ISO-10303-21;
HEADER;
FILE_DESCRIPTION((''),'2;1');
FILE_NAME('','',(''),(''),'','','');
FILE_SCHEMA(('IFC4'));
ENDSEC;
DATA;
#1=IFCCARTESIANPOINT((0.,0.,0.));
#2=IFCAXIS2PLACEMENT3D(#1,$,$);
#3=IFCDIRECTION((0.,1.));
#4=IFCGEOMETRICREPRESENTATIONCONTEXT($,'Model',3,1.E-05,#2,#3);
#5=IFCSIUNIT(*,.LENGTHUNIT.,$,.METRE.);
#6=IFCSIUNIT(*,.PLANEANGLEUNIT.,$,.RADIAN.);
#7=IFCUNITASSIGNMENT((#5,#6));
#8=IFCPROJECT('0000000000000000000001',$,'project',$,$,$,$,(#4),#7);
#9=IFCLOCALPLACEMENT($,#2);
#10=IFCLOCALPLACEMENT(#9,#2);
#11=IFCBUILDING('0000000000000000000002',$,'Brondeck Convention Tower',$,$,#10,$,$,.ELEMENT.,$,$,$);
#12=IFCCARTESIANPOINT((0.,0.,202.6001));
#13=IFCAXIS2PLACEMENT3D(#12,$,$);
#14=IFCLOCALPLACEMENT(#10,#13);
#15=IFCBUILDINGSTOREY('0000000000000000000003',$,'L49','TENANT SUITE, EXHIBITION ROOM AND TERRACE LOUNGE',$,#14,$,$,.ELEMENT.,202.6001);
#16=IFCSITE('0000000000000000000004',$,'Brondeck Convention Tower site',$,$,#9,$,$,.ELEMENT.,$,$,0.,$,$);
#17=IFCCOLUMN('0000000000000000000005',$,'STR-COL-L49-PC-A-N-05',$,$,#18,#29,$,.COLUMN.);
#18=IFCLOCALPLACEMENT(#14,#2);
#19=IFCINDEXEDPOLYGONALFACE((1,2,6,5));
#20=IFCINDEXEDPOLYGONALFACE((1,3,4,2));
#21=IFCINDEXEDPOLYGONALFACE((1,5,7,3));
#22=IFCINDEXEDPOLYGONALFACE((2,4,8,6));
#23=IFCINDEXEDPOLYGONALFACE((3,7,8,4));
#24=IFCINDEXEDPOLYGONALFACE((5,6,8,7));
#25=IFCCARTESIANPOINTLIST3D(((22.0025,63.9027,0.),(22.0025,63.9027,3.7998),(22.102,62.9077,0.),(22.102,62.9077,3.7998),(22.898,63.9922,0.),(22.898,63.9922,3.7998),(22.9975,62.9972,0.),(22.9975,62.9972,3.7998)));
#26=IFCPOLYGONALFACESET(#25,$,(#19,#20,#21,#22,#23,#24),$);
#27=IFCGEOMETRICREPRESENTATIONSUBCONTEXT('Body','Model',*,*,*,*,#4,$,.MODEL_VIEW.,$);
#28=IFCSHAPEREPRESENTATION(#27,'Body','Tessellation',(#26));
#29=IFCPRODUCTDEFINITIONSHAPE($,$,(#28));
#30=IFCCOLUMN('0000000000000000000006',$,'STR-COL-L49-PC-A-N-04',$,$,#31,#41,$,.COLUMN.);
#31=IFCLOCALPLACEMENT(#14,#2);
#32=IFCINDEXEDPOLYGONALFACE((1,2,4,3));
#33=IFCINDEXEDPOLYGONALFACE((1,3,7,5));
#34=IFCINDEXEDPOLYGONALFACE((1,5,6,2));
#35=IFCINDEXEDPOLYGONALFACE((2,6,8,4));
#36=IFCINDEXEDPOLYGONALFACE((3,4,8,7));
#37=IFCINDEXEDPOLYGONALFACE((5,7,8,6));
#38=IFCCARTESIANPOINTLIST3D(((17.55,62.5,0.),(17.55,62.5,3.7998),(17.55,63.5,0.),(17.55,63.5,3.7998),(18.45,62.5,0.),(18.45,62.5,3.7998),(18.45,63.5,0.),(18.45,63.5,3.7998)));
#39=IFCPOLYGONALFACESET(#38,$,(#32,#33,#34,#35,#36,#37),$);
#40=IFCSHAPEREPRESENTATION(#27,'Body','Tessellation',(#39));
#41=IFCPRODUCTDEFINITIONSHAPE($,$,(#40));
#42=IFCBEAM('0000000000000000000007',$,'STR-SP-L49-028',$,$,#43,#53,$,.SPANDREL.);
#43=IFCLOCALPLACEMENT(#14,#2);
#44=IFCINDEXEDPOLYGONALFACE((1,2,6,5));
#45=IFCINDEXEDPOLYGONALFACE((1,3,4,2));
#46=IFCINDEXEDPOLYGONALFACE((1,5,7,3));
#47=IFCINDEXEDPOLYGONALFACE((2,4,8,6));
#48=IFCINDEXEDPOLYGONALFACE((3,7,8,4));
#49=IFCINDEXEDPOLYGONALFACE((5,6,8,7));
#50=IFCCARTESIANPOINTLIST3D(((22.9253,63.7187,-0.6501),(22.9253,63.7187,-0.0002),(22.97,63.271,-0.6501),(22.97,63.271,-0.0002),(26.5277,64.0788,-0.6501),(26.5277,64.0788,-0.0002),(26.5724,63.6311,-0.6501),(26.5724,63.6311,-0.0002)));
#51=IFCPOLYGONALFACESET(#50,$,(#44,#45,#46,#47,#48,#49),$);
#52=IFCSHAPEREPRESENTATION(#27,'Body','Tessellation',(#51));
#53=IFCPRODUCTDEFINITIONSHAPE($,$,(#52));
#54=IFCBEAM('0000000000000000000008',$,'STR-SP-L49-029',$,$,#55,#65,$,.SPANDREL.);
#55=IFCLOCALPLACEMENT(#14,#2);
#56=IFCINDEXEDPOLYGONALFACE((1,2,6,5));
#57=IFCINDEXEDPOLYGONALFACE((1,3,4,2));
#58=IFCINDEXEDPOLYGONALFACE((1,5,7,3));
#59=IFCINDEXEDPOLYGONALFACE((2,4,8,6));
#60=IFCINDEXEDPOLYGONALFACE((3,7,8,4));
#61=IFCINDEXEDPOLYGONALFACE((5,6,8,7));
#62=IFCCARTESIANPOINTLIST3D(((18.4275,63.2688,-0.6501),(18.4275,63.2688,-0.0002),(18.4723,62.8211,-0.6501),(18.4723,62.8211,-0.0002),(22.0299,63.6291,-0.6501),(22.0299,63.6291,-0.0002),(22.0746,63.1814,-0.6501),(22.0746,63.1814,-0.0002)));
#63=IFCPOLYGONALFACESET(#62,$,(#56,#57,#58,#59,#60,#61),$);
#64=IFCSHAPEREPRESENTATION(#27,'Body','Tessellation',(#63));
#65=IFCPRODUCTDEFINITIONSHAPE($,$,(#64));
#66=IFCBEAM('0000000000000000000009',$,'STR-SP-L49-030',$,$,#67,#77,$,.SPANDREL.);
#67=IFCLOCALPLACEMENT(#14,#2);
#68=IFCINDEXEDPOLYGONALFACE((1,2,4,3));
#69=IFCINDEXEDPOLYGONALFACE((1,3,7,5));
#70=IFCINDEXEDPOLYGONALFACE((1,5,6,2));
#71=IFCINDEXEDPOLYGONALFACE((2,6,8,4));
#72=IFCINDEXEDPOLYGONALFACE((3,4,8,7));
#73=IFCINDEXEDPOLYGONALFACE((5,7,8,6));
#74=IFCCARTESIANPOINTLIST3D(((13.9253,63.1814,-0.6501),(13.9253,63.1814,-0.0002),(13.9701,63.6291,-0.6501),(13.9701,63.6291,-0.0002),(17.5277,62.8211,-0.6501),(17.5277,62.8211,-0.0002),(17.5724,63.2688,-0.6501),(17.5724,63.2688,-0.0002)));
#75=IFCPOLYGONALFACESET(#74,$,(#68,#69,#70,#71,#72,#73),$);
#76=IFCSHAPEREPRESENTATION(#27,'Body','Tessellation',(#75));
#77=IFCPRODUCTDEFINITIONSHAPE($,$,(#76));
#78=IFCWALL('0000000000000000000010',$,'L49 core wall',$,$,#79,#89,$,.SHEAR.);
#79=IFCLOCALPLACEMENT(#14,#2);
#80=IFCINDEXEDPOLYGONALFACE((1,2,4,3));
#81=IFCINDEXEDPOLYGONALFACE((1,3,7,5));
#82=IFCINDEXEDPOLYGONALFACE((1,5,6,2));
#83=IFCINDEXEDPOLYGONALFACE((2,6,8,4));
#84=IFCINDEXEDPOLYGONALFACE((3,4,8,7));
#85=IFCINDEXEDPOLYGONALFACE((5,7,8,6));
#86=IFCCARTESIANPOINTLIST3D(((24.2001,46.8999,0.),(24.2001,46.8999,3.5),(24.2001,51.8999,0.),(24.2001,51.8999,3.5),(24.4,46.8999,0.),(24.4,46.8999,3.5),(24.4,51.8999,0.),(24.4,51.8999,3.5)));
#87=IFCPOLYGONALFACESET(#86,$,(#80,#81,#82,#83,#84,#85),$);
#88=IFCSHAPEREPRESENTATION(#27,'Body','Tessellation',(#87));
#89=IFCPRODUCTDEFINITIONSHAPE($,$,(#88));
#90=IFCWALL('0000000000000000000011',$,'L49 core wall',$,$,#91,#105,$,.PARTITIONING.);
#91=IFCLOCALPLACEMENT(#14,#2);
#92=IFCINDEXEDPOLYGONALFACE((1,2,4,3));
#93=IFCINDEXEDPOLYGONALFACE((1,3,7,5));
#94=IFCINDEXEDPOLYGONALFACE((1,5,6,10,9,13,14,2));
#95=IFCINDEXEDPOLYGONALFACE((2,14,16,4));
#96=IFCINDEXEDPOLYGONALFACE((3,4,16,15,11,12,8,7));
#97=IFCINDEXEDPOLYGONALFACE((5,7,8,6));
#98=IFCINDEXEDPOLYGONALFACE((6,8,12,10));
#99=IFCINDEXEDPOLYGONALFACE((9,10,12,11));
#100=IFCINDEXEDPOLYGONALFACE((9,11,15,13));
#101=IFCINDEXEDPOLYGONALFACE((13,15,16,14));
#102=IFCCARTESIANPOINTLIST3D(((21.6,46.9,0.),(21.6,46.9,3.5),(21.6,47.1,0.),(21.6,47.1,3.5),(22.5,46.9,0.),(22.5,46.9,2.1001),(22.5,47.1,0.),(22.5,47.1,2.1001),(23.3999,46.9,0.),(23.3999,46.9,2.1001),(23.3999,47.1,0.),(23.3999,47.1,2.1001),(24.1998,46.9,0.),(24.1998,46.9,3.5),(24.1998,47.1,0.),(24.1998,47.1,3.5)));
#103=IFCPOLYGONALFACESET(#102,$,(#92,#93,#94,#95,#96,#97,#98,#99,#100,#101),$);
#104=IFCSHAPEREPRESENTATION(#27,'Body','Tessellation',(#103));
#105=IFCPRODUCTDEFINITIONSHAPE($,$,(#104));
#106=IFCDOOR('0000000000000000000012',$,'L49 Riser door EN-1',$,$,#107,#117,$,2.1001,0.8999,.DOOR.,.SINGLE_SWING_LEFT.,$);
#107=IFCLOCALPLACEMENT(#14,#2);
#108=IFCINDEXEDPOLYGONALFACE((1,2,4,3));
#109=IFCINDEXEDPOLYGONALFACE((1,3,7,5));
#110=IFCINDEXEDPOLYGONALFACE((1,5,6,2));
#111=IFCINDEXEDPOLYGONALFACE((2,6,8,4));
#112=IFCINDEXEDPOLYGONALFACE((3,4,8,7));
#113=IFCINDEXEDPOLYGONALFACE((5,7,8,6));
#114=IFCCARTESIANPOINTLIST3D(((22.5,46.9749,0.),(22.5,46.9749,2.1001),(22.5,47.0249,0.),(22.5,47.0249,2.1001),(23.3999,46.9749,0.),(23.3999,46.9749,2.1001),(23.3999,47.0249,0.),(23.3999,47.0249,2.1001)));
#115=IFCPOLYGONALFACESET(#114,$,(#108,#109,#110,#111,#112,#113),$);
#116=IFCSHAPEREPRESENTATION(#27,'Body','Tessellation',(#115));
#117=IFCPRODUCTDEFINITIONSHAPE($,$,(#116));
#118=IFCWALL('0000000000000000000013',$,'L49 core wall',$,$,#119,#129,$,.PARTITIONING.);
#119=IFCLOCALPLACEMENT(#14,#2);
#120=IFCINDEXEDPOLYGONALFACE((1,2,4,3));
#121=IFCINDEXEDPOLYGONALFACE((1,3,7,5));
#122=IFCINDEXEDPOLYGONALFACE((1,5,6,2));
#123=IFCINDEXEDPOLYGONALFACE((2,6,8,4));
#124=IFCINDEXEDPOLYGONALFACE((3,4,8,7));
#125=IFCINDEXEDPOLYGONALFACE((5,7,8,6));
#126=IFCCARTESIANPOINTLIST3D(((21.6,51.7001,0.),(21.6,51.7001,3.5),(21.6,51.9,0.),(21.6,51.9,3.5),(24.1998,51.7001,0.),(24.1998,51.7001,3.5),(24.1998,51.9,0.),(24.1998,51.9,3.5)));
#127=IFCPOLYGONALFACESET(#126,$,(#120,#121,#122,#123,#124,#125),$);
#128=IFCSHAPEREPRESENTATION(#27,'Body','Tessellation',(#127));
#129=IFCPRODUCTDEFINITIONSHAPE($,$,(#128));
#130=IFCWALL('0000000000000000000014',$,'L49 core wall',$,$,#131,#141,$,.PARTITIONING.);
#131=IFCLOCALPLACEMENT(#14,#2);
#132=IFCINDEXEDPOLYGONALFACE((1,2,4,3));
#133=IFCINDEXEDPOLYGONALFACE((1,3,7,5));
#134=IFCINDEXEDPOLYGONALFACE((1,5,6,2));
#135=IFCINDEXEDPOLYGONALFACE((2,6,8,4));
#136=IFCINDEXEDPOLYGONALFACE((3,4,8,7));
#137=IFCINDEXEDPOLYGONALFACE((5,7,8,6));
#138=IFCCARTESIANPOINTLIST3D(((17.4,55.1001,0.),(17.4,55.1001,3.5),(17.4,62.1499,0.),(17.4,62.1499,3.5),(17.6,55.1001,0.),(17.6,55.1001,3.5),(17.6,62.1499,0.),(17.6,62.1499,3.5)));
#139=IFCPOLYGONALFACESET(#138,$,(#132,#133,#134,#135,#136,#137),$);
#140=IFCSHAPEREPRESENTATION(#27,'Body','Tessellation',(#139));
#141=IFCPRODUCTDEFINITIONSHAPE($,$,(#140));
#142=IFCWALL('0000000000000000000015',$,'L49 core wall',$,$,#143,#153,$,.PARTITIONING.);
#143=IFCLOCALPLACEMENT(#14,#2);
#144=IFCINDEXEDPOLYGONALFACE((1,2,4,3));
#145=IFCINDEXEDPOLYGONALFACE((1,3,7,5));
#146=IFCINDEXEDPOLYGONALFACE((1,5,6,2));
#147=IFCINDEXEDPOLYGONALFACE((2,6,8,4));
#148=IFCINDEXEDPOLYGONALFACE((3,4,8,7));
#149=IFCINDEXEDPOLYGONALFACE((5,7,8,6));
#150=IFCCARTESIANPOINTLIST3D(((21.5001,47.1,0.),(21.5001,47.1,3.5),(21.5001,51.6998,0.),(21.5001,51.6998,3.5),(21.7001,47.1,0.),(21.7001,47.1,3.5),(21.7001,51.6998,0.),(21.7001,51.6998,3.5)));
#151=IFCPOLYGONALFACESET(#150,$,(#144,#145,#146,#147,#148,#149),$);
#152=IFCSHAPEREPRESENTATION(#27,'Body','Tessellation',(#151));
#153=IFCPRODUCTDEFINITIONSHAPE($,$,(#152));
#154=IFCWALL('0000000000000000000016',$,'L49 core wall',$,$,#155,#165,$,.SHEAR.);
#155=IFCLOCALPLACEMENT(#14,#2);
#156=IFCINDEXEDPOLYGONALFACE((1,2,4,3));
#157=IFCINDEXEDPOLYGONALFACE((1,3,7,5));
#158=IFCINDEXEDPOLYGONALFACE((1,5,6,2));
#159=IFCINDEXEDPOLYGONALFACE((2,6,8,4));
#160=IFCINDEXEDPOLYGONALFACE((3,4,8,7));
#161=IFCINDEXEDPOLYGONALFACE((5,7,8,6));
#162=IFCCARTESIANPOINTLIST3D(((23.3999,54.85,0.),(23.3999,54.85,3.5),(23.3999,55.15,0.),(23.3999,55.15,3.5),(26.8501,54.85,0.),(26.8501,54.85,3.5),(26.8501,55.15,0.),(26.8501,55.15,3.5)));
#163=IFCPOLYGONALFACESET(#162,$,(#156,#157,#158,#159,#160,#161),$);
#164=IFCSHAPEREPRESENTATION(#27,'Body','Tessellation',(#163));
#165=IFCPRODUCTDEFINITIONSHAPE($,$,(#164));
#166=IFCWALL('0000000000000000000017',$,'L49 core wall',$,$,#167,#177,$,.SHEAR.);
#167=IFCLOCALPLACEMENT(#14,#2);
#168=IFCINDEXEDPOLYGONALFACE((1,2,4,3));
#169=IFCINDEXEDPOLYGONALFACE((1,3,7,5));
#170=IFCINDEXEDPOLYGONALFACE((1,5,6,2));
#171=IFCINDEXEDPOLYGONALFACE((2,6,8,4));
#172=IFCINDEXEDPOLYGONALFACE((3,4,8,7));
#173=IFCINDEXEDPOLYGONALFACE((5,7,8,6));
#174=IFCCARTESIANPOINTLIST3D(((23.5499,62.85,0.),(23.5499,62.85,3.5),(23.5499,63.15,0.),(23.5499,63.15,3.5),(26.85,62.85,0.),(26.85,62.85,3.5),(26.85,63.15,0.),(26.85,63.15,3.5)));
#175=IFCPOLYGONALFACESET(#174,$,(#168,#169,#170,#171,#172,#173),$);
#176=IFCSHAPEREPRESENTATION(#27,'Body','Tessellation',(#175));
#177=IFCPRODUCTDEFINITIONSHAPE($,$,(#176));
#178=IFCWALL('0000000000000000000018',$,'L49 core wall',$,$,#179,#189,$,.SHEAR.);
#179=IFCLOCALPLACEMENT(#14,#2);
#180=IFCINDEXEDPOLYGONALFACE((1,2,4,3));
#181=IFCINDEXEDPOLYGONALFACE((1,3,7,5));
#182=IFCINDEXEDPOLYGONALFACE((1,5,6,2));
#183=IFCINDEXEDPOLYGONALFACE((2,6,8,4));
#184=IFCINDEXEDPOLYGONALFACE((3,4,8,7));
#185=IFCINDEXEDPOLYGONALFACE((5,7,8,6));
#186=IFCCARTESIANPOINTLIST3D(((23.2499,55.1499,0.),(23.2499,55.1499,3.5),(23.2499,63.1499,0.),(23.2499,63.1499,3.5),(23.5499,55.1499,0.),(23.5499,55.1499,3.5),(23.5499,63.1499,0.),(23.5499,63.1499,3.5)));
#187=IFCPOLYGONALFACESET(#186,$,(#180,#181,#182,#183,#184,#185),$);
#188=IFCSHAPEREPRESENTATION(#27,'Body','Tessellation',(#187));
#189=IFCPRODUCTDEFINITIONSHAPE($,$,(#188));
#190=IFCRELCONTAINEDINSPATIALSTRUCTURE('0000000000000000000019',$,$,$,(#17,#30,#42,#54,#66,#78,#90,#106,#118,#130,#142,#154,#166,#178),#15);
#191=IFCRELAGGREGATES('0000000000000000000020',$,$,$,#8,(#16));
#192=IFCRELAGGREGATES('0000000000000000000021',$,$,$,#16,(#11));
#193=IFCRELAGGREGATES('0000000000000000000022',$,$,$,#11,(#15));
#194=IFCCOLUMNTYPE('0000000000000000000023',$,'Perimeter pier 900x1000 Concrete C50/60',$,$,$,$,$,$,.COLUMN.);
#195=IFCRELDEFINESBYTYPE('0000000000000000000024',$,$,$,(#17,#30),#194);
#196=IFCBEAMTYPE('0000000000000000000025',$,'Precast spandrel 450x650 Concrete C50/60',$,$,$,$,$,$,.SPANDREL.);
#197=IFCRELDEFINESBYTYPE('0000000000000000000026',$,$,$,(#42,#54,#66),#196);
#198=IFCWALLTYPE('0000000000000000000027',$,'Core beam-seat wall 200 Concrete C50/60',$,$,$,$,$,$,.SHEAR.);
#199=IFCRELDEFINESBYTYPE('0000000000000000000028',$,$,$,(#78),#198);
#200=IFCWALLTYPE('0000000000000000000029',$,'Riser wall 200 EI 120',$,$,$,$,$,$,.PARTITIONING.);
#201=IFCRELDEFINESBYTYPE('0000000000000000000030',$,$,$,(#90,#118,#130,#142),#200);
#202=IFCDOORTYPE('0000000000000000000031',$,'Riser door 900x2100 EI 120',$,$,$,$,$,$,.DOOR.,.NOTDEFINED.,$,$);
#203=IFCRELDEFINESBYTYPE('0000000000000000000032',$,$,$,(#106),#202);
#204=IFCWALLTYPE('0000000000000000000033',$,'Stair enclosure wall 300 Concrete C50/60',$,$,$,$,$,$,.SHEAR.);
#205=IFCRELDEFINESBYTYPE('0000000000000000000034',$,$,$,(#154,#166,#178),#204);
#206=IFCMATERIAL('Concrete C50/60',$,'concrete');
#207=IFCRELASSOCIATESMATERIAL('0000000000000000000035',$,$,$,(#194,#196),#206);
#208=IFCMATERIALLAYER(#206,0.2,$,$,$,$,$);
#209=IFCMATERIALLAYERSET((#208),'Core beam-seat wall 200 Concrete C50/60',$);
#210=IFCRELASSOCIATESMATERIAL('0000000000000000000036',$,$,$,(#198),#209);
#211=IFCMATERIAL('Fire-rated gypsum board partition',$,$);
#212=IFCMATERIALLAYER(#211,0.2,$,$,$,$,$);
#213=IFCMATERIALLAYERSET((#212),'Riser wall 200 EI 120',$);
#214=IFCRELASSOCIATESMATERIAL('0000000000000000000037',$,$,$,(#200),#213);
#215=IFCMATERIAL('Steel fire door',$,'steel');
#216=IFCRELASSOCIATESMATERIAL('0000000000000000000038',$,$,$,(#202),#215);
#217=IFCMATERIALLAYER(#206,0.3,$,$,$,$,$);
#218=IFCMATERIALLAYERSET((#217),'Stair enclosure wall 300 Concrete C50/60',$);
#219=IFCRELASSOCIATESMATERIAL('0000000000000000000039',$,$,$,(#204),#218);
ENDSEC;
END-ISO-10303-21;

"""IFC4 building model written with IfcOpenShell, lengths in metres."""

from ifc_helpers import new_model, si_unit, direction, frame, frame_2d, origin, origin_2d, place, context, subcontext, project, spatial, rectangle, extrude, material, layer, layer_set, material_profile, profile_set, type_object, element, fill, save


model = new_model("IFC4")

# Units and contexts
model_context = context("Model", 3, precision=1e-05, world=origin(), true_north=direction((0.0, 1.0)))
body_context = subcontext(model_context, "Body", "Model", "MODEL_VIEW")
ifc_project = project(units=[si_unit("LENGTHUNIT", "METRE"), si_unit("PLANEANGLEUNIT", "RADIAN")], contexts=[model_context])

# Site, building, storey
site_placement = place(None, origin())
site = spatial("IfcSite", under=ifc_project, at=site_placement, Name="Brondeck Convention Tower site", CompositionType="ELEMENT", RefElevation=0.0)
building_placement = place(site_placement, origin())
building = spatial("IfcBuilding", under=site, at=building_placement, Name="Brondeck Convention Tower", CompositionType="ELEMENT")
storey_placement = place(building_placement, frame((0.0, 0.0, 202.6001)))
storey = spatial("IfcBuildingStorey", under=building, at=storey_placement, Name="L49", Description="TENANT SUITE, EXHIBITION ROOM AND TERRACE LOUNGE", CompositionType="ELEMENT", Elevation=202.6001)

# Columns
ifc_material_1 = material(Name="Concrete C50/60", Category="concrete")
ifc_material_profile_1 = material_profile(ifc_material_1, rectangle(XDim=0.8999, YDim=1.0, at=origin_2d()), Name="Perimeter pier 900x1000 Concrete C50/60")
ifc_profile_set_1 = profile_set([ifc_material_profile_1], Name="Concrete C50/60")
column_type = type_object("IfcColumnType", Name="Perimeter pier 900x1000 Concrete C50/60", PredefinedType="COLUMN", material=ifc_profile_set_1)
for number, where, z_axis, x_axis, name in (
    (1, (22.5, 63.45, 0.0), (0.0, 0.0, 1.0), (-0.995037, -0.099504, 0.0), "STR-COL-L49-PC-A-N-05"),
    (2, (18.0, 63.0, 0.0), (0.0, 0.0, 1.0), (-1.0, 0.0, 0.0), "STR-COL-L49-PC-A-N-04"),
):
    element("IfcColumn", number, at=place(storey_placement, frame(where, z_axis=z_axis, x_axis=x_axis)), inside=storey, type_object=column_type, Name=name, PredefinedType="COLUMN", context=body_context, shape_type="SweptSolid", body=[
        extrude(rectangle(XDim=0.8999, YDim=1.0, at=origin_2d()), origin(), (0.0, 0.0, 1.0), 3.7998),
    ])

# Beams
ifc_material_profile_2 = material_profile(ifc_material_1, rectangle(XDim=0.45, YDim=0.6499, at=origin_2d()), Name="Precast spandrel 450x650 Concrete C50/60")
ifc_profile_set_2 = profile_set([ifc_material_profile_2], Name="Concrete C50/60")
beam_type = type_object("IfcBeamType", Name="Precast spandrel 450x650 Concrete C50/60", PredefinedType="SPANDREL", material=ifc_profile_set_2)
for number, where, z_axis, x_axis, name in (
    (3, (26.55, 63.855, -0.3252), (-0.995041, -0.09947, 0.0), (0.09947, -0.995041, 0.0), "STR-SP-L49-028"),
    (4, (22.0522, 63.4053, -0.3252), (-0.995034, -0.099537, 0.0), (0.099537, -0.995034, 0.0), "STR-SP-L49-029"),
    (5, (17.55, 63.0449, -0.3252), (-0.995034, 0.099537, 0.0), (-0.099537, -0.995034, 0.0), "STR-SP-L49-030"),
):
    element("IfcBeam", number, at=place(storey_placement, frame(where, z_axis=z_axis, x_axis=x_axis)), inside=storey, type_object=beam_type, Name=name, PredefinedType="SPANDREL", context=body_context, shape_type="SweptSolid", body=[
        extrude(rectangle(XDim=0.45, YDim=0.6499, at=origin_2d()), origin(), (0.0, 0.0, 1.0), 3.6204),
    ])

# Wall
ifc_layer_1 = layer(ifc_material_1, 0.2)
ifc_layer_set_1 = layer_set([ifc_layer_1], Name="Core beam-seat wall 200 Concrete C50/60")
wall_type_1 = type_object("IfcWallType", Name="Core beam-seat wall 200 Concrete C50/60", PredefinedType="SHEAR", material=ifc_layer_set_1)
wall_1_placement = place(storey_placement, frame((24.3, 46.8999, 0.0), z_axis=(0.0, 0.0, 1.0), x_axis=(0.0, 1.0, 0.0)))
element("IfcWall", 6, at=wall_1_placement, inside=storey, type_object=wall_type_1, Name="L49 core wall", PredefinedType="SHEAR", context=body_context, shape_type="SweptSolid", body=[
    extrude(rectangle(XDim=5.0, YDim=0.2, at=frame_2d((2.5, 0.0))), origin(), (0.0, 0.0, 1.0), 3.5),
])

# Wall, opening, door
ifc_material_2 = material(Name="Fire-rated gypsum board partition")
ifc_layer_2 = layer(ifc_material_2, 0.2)
ifc_layer_set_2 = layer_set([ifc_layer_2], Name="Riser wall 200 EI 120")
wall_type_2 = type_object("IfcWallType", Name="Riser wall 200 EI 120", PredefinedType="PARTITIONING", material=ifc_layer_set_2)
wall_2_placement = place(storey_placement, frame((21.6001, 47.0, 0.0), z_axis=(0.0, 0.0, 1.0), x_axis=(1.0, 0.0, 0.0)))
wall_2 = element("IfcWall", 7, at=wall_2_placement, inside=storey, type_object=wall_type_2, Name="L49 core wall", PredefinedType="PARTITIONING", context=body_context, shape_type="SweptSolid", body=[
    extrude(rectangle(XDim=2.5999, YDim=0.2, at=frame_2d((1.2998, 0.0))), origin(), (0.0, 0.0, 1.0), 3.5),
])
opening_placement = place(wall_2_placement, frame((0.8999, 0.0, 0.0)))
opening = element("IfcOpeningElement", 8, at=opening_placement, cuts=wall_2, PredefinedType="OPENING", context=body_context, shape_type="SweptSolid", body=[
    extrude(rectangle(XDim=0.8999, YDim=2.1001, at=frame_2d((0.45, 1.05))), frame((0.0, 0.1099, 0.0), z_axis=(0.0, -1.0, 0.0), x_axis=(1.0, 0.0, 0.0)), (0.0, 0.0, 1.0), 0.22),
])
ifc_material_3 = material(Name="Steel fire door", Category="steel")
door_type = type_object("IfcDoorType", Name="Riser door 900x2100 EI 120", OperationType="NOTDEFINED", PredefinedType="DOOR", material=ifc_material_3)
door_placement = place(opening_placement, origin())
door = element("IfcDoor", 9, at=door_placement, inside=storey, type_object=door_type, Name="L49 Riser door EN-1", OperationType="SINGLE_SWING_LEFT", OverallHeight=2.1001, OverallWidth=0.8999, PredefinedType="DOOR", context=body_context, shape_type="SweptSolid", body=[
    extrude(rectangle(XDim=0.8999, YDim=2.1001, at=frame_2d((0.45, 1.05))), frame((0.0, 0.0249, 0.0), z_axis=(0.0, -1.0, 0.0), x_axis=(1.0, 0.0, 0.0)), (0.0, 0.0, 1.0), 0.05),
])
fill(opening, door)

# Walls
wall_3_placement = place(storey_placement, frame((21.6001, 51.8, 0.0), z_axis=(0.0, 0.0, 1.0), x_axis=(1.0, 0.0, 0.0)))
element("IfcWall", 10, at=wall_3_placement, inside=storey, type_object=wall_type_2, Name="L49 core wall", PredefinedType="PARTITIONING", context=body_context, shape_type="SweptSolid", body=[
    extrude(rectangle(XDim=2.5999, YDim=0.2, at=frame_2d((1.2998, 0.0))), origin(), (0.0, 0.0, 1.0), 3.5),
])
wall_4_placement = place(storey_placement, frame((17.5, 55.1001, 0.0), z_axis=(0.0, 0.0, 1.0), x_axis=(0.0, 1.0, 0.0)))
element("IfcWall", 11, at=wall_4_placement, inside=storey, type_object=wall_type_2, Name="L49 core wall", PredefinedType="PARTITIONING", context=body_context, shape_type="SweptSolid", body=[
    extrude(rectangle(XDim=7.0498, YDim=0.2, at=frame_2d((3.5249, 0.0))), origin(), (0.0, 0.0, 1.0), 3.5),
])
wall_5_placement = place(storey_placement, frame((21.6001, 47.1001, 0.0), z_axis=(0.0, 0.0, 1.0), x_axis=(0.0, 1.0, 0.0)))
element("IfcWall", 12, at=wall_5_placement, inside=storey, type_object=wall_type_2, Name="L49 core wall", PredefinedType="PARTITIONING", context=body_context, shape_type="SweptSolid", body=[
    extrude(rectangle(XDim=4.5999, YDim=0.2, at=frame_2d((2.2998, 0.0))), origin(), (0.0, 0.0, 1.0), 3.5),
])
ifc_layer_3 = layer(ifc_material_1, 0.3)
ifc_layer_set_3 = layer_set([ifc_layer_3], Name="Stair enclosure wall 300 Concrete C50/60")
wall_type_3 = type_object("IfcWallType", Name="Stair enclosure wall 300 Concrete C50/60", PredefinedType="SHEAR", material=ifc_layer_set_3)
wall_6_placement = place(storey_placement, frame((23.3999, 55.0, 0.0), z_axis=(0.0, 0.0, 1.0), x_axis=(1.0, 0.0, 0.0)))
element("IfcWall", 13, at=wall_6_placement, inside=storey, type_object=wall_type_3, Name="L49 core wall", PredefinedType="SHEAR", context=body_context, shape_type="SweptSolid", body=[
    extrude(rectangle(XDim=3.4502, YDim=0.3, at=frame_2d((1.7251, 0.0))), origin(), (0.0, 0.0, 1.0), 3.5),
])
wall_7_placement = place(storey_placement, frame((23.55, 63.0, 0.0), z_axis=(0.0, 0.0, 1.0), x_axis=(1.0, 0.0, 0.0)))
element("IfcWall", 14, at=wall_7_placement, inside=storey, type_object=wall_type_3, Name="L49 core wall", PredefinedType="SHEAR", context=body_context, shape_type="SweptSolid", body=[
    extrude(rectangle(XDim=3.3, YDim=0.3, at=frame_2d((1.6499, 0.0))), origin(), (0.0, 0.0, 1.0), 3.5),
])
wall_8_placement = place(storey_placement, frame((23.3999, 55.1499, 0.0), z_axis=(0.0, 0.0, 1.0), x_axis=(0.0, 1.0, 0.0)))
element("IfcWall", 15, at=wall_8_placement, inside=storey, type_object=wall_type_3, Name="L49 core wall", PredefinedType="SHEAR", context=body_context, shape_type="SweptSolid", body=[
    extrude(rectangle(XDim=8.0, YDim=0.3, at=frame_2d((4.0, 0.0))), origin(), (0.0, 0.0, 1.0), 3.5),
])

save(model, "model.ifc")
